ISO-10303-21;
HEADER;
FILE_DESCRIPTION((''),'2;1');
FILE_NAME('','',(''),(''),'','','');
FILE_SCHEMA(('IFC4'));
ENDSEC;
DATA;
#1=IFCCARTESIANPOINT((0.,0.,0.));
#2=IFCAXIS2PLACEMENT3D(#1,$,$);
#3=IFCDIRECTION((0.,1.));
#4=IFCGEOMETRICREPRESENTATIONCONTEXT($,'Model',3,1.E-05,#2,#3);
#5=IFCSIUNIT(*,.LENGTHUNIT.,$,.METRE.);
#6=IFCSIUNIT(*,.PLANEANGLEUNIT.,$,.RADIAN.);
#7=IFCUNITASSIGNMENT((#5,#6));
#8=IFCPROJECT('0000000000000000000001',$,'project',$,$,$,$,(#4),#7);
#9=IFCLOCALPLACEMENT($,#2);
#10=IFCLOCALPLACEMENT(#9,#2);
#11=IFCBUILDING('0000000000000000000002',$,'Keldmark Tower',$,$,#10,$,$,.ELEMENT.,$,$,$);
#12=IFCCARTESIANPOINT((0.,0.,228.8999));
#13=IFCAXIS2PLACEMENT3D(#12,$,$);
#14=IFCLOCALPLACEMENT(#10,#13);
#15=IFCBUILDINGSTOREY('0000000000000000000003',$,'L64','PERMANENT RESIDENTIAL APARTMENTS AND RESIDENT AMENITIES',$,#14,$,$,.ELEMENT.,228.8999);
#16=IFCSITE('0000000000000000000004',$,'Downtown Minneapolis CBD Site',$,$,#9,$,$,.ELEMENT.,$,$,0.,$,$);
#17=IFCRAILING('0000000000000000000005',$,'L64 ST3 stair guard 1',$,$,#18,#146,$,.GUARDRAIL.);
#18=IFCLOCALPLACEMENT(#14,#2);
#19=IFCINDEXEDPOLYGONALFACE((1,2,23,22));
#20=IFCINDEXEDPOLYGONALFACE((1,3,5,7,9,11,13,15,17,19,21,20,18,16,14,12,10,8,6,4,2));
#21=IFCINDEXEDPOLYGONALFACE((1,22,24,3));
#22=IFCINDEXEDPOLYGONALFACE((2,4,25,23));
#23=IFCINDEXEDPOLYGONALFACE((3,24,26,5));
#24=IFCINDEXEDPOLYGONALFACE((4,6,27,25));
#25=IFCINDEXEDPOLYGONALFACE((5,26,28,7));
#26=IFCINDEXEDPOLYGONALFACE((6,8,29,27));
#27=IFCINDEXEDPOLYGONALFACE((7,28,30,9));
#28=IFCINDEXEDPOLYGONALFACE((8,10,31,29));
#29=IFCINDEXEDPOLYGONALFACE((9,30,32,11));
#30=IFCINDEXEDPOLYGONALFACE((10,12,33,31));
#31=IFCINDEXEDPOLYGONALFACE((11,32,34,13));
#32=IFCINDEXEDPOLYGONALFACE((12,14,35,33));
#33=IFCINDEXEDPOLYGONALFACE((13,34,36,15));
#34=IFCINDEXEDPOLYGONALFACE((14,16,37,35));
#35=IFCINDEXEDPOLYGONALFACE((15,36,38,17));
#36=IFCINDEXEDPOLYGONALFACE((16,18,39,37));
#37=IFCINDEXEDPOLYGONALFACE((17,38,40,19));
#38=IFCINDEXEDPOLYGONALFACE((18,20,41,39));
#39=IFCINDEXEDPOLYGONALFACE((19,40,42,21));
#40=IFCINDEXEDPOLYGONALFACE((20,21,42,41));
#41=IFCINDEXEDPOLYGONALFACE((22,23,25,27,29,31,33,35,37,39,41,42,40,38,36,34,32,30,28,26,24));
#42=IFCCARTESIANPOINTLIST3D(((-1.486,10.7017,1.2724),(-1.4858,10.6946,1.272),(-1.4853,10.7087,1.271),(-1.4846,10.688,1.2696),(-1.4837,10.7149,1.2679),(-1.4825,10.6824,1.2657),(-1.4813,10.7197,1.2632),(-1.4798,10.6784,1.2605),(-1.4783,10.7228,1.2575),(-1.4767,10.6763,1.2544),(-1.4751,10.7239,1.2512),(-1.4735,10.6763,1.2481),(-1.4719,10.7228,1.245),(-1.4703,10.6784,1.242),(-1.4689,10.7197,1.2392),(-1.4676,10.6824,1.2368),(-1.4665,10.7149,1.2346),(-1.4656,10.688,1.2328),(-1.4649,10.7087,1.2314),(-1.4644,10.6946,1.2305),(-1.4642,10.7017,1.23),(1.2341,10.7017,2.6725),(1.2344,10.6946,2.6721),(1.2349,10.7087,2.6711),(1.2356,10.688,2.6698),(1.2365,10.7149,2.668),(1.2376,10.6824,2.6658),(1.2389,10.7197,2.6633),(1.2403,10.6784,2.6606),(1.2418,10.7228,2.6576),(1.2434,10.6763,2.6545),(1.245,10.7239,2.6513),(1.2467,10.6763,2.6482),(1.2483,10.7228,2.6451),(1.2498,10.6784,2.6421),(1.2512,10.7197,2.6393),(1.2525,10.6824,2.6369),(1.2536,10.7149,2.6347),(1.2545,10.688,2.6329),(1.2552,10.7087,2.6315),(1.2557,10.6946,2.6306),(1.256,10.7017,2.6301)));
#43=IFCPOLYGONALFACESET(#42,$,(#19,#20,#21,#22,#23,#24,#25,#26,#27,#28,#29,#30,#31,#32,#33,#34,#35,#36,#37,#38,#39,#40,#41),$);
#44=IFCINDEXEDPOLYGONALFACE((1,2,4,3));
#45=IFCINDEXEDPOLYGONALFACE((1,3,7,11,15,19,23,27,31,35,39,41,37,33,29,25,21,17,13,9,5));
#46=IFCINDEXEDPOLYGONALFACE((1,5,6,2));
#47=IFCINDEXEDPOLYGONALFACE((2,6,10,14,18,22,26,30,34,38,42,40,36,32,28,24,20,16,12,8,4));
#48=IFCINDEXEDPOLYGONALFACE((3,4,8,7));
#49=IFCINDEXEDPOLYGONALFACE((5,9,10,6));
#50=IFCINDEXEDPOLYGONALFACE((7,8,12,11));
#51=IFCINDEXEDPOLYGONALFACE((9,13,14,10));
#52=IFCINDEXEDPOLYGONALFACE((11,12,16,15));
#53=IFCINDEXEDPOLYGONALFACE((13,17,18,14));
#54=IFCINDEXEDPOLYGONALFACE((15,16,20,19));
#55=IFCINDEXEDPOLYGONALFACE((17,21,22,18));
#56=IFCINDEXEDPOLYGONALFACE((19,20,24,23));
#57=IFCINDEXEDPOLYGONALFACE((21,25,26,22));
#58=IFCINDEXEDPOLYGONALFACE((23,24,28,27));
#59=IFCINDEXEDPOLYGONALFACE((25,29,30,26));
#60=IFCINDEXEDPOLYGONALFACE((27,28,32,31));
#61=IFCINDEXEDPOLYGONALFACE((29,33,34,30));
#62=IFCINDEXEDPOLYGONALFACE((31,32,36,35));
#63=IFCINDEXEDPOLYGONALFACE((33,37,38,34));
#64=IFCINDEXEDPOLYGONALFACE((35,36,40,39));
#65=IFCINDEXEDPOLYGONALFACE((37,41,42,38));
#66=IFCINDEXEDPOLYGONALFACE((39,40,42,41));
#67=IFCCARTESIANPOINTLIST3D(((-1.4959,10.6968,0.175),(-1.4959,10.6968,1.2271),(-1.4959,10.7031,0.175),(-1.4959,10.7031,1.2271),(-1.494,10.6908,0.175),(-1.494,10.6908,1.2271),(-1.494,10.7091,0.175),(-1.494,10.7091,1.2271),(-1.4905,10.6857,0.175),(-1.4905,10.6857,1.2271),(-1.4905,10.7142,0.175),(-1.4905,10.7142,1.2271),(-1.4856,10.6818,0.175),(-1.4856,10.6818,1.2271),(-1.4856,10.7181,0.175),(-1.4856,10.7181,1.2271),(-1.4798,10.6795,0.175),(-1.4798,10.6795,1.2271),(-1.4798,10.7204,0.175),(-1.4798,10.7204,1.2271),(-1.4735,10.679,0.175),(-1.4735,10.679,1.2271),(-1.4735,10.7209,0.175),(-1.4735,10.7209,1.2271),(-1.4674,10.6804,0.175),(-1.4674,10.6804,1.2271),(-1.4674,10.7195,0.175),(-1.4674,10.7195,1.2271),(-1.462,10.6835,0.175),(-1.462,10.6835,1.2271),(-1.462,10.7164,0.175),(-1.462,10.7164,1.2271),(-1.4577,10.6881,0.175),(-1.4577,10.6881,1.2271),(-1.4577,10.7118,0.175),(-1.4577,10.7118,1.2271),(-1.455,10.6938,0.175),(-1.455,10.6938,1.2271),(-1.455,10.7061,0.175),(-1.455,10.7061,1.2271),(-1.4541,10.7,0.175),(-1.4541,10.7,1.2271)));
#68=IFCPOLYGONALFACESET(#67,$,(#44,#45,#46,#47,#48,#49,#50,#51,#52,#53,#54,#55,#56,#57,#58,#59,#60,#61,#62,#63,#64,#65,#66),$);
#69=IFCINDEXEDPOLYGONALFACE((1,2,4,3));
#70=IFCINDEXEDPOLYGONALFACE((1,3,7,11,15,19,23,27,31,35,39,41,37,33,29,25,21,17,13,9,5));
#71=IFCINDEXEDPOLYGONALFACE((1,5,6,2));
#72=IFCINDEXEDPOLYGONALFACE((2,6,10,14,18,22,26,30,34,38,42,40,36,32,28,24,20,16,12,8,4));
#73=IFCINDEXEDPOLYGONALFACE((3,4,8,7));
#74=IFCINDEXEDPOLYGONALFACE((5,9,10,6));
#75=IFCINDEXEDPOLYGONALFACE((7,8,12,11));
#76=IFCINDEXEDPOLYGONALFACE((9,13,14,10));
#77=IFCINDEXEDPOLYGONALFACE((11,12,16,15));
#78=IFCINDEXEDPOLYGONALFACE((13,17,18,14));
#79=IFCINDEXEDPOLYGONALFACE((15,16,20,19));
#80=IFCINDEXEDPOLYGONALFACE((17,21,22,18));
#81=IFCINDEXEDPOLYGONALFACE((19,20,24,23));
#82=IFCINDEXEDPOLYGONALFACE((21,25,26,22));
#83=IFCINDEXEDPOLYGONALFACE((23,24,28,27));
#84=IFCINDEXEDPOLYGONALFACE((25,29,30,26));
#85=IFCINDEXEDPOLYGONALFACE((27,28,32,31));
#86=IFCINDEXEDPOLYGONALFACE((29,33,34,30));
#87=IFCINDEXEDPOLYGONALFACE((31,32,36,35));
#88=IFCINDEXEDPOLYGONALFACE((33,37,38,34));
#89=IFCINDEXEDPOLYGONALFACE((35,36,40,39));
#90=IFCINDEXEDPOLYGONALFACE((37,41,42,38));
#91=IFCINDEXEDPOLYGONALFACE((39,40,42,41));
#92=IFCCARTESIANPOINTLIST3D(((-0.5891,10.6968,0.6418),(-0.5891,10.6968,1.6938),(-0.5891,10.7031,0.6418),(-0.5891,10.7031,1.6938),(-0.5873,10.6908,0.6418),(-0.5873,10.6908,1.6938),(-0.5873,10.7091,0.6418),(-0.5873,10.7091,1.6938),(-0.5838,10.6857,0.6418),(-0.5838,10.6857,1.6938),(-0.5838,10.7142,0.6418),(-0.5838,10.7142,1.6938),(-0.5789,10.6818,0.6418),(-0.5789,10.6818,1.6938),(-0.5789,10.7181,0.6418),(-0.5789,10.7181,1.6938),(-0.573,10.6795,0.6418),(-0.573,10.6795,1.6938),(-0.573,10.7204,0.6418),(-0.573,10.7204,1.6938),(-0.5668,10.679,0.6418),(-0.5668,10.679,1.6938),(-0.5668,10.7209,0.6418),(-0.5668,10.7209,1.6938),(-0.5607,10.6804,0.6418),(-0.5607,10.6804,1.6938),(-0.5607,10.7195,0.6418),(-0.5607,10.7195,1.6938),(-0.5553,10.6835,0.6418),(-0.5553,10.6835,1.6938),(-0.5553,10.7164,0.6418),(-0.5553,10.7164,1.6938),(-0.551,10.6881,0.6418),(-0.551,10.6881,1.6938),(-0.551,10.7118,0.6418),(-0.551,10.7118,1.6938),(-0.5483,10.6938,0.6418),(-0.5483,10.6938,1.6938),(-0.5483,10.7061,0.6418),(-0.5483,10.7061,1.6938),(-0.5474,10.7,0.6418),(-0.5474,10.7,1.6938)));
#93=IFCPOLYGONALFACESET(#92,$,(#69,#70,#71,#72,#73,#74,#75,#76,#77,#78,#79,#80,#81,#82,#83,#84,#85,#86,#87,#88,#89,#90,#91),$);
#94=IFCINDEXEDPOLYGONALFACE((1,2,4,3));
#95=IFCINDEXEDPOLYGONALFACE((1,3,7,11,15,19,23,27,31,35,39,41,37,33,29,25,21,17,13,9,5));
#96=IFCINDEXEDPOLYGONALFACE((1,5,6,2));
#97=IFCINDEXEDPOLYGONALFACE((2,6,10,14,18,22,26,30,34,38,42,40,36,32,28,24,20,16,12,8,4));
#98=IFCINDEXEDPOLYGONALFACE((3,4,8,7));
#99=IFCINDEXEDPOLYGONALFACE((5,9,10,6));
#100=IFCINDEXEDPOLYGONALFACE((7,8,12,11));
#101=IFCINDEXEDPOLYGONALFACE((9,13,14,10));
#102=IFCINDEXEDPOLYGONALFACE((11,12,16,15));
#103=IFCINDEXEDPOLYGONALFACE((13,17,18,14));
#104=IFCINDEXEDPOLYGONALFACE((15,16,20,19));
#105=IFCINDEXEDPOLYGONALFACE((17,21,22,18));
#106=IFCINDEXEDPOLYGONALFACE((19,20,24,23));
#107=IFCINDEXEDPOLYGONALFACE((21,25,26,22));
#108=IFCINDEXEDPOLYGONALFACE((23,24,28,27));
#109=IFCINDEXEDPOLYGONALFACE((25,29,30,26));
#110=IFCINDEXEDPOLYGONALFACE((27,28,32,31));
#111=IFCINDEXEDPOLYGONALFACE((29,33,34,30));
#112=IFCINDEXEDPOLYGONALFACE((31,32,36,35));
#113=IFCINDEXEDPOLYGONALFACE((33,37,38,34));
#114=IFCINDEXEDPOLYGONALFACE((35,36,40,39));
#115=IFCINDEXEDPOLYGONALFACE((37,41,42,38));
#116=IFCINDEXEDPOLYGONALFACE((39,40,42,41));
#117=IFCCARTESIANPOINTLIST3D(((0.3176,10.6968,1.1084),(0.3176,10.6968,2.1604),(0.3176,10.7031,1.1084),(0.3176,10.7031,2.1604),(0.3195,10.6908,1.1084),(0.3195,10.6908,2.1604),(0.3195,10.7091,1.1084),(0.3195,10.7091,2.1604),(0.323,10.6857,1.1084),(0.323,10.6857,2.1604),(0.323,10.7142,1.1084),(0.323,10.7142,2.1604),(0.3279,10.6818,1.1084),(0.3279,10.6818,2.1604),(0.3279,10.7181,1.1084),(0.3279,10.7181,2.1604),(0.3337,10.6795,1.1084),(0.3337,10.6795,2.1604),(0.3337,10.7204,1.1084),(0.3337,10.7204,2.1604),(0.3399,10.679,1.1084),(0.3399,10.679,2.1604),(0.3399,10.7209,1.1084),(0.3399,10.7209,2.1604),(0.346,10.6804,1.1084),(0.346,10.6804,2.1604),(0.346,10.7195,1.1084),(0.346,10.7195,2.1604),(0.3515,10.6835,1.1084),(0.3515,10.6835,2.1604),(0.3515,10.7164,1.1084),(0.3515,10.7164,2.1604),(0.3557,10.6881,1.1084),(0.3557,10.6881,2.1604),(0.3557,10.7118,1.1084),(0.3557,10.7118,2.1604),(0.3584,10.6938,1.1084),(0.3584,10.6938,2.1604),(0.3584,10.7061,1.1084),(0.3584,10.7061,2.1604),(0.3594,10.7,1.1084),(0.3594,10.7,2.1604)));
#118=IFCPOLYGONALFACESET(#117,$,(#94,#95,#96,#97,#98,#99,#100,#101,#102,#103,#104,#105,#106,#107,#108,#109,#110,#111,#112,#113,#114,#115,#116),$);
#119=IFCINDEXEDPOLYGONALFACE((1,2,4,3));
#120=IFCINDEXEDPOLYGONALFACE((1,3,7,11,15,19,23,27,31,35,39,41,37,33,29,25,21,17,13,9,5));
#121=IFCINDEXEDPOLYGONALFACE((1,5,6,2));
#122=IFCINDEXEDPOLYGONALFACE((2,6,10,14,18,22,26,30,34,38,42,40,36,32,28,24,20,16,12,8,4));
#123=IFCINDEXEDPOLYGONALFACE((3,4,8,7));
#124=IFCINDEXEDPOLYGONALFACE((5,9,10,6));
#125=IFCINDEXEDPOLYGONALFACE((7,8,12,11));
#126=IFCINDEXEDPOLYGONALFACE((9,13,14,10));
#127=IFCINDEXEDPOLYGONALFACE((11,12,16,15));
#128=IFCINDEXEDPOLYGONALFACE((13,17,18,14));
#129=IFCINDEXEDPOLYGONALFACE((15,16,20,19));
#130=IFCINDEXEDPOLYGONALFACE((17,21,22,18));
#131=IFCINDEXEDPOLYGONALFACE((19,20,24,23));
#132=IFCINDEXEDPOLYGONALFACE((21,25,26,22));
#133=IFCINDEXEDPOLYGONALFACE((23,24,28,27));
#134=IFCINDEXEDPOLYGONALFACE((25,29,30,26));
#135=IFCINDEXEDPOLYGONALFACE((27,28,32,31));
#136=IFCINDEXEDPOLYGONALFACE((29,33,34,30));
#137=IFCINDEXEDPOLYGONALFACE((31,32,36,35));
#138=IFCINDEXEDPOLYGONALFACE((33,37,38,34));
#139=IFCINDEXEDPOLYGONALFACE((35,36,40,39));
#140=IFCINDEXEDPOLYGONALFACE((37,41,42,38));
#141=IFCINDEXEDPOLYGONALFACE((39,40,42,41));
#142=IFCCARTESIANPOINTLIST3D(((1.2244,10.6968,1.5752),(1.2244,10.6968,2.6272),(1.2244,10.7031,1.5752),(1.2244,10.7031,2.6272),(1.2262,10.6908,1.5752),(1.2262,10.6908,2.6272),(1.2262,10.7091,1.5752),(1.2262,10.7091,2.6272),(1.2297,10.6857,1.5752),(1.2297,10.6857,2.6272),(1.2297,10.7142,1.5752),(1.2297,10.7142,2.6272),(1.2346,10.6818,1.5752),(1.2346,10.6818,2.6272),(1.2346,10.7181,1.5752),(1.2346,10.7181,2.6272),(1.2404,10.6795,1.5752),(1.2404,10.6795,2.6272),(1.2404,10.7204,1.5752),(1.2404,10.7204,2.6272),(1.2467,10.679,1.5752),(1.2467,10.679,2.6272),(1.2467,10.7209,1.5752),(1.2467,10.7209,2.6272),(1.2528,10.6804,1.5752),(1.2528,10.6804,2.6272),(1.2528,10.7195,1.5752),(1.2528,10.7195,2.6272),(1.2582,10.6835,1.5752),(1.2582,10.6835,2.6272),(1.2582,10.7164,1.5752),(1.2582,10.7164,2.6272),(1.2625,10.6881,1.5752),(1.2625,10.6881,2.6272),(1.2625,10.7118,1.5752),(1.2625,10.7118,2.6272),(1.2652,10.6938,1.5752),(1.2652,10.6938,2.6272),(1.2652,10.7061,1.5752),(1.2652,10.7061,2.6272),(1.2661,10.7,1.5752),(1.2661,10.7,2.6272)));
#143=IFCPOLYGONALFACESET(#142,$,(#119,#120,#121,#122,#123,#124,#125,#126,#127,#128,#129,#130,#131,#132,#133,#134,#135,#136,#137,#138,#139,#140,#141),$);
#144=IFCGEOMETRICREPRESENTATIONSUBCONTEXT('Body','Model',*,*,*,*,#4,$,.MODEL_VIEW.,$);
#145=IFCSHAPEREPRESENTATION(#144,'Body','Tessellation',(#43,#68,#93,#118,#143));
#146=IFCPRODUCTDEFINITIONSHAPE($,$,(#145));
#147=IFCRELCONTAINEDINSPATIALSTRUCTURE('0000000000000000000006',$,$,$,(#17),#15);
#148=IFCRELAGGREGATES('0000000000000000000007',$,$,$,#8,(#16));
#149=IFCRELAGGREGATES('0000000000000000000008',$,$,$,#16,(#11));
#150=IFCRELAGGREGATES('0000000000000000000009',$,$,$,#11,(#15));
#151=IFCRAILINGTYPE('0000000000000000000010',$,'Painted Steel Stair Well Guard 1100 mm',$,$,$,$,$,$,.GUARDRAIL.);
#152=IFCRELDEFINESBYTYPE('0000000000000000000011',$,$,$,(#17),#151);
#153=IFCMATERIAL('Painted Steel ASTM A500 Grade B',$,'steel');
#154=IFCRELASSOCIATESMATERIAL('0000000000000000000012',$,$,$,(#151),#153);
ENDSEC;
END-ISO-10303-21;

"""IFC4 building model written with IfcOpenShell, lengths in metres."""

from ifc_helpers import new_model, si_unit, direction, frame, origin, origin_2d, place, context, subcontext, project, spatial, circle, extrude, material, type_object, element, save


model = new_model("IFC4")

# Units and contexts
model_context = context("Model", 3, precision=1e-05, world=origin(), true_north=direction((0.0, 1.0)))
body_context = subcontext(model_context, "Body", "Model", "MODEL_VIEW")
ifc_project = project(units=[si_unit("LENGTHUNIT", "METRE"), si_unit("PLANEANGLEUNIT", "RADIAN")], contexts=[model_context])

# Site, building, storey
site_placement = place(None, origin())
site = spatial("IfcSite", under=ifc_project, at=site_placement, Name="Downtown Minneapolis CBD Site", CompositionType="ELEMENT", RefElevation=0.0)
building_placement = place(site_placement, origin())
building = spatial("IfcBuilding", under=site, at=building_placement, Name="Keldmark Tower", CompositionType="ELEMENT")
storey_placement = place(building_placement, frame((0.0, 0.0, 228.8999)))
storey = spatial("IfcBuildingStorey", under=building, at=storey_placement, Name="L64", Description="PERMANENT RESIDENTIAL APARTMENTS AND RESIDENT AMENITIES", CompositionType="ELEMENT", Elevation=228.8999)

# Railing
ifc_material_1 = material(Name="Painted Steel ASTM A500 Grade B", Category="steel")
railing_type_1 = type_object("IfcRailingType", Name="Painted Steel Stair Well Guard 1100 mm", PredefinedType="GUARDRAIL", material=ifc_material_1)
railing_1_placement = place(storey_placement, frame((-1.4751, 10.7, 0.175)))
element("IfcRailing", 1, at=railing_1_placement, inside=storey, type_object=railing_type_1, Name="L64 ST3 stair guard 1", PredefinedType="GUARDRAIL", context=body_context, shape_type="SweptSolid", body=[
    extrude(circle(Radius=0.0239, at=origin_2d()), frame((0.0, 0.0, 1.0762), z_axis=(0.889131, 0.0, 0.457653), x_axis=(0.0, 1.0, 0.0)), (0.0, 0.0, 1.0), 3.0593),
    extrude(circle(Radius=0.021, at=origin_2d()), origin(), (0.0, 0.0, 1.0), 1.052),
    extrude(circle(Radius=0.021, at=origin_2d()), frame((0.9067, 0.0, 0.4668)), (0.0, 0.0, 1.0), 1.052),
    extrude(circle(Radius=0.021, at=origin_2d()), frame((1.8135, 0.0, 0.9333)), (0.0, 0.0, 1.0), 1.052),
    extrude(circle(Radius=0.021, at=origin_2d()), frame((2.7202, 0.0, 1.4001)), (0.0, 0.0, 1.0), 1.052),
])

save(model, "model.ifc")
